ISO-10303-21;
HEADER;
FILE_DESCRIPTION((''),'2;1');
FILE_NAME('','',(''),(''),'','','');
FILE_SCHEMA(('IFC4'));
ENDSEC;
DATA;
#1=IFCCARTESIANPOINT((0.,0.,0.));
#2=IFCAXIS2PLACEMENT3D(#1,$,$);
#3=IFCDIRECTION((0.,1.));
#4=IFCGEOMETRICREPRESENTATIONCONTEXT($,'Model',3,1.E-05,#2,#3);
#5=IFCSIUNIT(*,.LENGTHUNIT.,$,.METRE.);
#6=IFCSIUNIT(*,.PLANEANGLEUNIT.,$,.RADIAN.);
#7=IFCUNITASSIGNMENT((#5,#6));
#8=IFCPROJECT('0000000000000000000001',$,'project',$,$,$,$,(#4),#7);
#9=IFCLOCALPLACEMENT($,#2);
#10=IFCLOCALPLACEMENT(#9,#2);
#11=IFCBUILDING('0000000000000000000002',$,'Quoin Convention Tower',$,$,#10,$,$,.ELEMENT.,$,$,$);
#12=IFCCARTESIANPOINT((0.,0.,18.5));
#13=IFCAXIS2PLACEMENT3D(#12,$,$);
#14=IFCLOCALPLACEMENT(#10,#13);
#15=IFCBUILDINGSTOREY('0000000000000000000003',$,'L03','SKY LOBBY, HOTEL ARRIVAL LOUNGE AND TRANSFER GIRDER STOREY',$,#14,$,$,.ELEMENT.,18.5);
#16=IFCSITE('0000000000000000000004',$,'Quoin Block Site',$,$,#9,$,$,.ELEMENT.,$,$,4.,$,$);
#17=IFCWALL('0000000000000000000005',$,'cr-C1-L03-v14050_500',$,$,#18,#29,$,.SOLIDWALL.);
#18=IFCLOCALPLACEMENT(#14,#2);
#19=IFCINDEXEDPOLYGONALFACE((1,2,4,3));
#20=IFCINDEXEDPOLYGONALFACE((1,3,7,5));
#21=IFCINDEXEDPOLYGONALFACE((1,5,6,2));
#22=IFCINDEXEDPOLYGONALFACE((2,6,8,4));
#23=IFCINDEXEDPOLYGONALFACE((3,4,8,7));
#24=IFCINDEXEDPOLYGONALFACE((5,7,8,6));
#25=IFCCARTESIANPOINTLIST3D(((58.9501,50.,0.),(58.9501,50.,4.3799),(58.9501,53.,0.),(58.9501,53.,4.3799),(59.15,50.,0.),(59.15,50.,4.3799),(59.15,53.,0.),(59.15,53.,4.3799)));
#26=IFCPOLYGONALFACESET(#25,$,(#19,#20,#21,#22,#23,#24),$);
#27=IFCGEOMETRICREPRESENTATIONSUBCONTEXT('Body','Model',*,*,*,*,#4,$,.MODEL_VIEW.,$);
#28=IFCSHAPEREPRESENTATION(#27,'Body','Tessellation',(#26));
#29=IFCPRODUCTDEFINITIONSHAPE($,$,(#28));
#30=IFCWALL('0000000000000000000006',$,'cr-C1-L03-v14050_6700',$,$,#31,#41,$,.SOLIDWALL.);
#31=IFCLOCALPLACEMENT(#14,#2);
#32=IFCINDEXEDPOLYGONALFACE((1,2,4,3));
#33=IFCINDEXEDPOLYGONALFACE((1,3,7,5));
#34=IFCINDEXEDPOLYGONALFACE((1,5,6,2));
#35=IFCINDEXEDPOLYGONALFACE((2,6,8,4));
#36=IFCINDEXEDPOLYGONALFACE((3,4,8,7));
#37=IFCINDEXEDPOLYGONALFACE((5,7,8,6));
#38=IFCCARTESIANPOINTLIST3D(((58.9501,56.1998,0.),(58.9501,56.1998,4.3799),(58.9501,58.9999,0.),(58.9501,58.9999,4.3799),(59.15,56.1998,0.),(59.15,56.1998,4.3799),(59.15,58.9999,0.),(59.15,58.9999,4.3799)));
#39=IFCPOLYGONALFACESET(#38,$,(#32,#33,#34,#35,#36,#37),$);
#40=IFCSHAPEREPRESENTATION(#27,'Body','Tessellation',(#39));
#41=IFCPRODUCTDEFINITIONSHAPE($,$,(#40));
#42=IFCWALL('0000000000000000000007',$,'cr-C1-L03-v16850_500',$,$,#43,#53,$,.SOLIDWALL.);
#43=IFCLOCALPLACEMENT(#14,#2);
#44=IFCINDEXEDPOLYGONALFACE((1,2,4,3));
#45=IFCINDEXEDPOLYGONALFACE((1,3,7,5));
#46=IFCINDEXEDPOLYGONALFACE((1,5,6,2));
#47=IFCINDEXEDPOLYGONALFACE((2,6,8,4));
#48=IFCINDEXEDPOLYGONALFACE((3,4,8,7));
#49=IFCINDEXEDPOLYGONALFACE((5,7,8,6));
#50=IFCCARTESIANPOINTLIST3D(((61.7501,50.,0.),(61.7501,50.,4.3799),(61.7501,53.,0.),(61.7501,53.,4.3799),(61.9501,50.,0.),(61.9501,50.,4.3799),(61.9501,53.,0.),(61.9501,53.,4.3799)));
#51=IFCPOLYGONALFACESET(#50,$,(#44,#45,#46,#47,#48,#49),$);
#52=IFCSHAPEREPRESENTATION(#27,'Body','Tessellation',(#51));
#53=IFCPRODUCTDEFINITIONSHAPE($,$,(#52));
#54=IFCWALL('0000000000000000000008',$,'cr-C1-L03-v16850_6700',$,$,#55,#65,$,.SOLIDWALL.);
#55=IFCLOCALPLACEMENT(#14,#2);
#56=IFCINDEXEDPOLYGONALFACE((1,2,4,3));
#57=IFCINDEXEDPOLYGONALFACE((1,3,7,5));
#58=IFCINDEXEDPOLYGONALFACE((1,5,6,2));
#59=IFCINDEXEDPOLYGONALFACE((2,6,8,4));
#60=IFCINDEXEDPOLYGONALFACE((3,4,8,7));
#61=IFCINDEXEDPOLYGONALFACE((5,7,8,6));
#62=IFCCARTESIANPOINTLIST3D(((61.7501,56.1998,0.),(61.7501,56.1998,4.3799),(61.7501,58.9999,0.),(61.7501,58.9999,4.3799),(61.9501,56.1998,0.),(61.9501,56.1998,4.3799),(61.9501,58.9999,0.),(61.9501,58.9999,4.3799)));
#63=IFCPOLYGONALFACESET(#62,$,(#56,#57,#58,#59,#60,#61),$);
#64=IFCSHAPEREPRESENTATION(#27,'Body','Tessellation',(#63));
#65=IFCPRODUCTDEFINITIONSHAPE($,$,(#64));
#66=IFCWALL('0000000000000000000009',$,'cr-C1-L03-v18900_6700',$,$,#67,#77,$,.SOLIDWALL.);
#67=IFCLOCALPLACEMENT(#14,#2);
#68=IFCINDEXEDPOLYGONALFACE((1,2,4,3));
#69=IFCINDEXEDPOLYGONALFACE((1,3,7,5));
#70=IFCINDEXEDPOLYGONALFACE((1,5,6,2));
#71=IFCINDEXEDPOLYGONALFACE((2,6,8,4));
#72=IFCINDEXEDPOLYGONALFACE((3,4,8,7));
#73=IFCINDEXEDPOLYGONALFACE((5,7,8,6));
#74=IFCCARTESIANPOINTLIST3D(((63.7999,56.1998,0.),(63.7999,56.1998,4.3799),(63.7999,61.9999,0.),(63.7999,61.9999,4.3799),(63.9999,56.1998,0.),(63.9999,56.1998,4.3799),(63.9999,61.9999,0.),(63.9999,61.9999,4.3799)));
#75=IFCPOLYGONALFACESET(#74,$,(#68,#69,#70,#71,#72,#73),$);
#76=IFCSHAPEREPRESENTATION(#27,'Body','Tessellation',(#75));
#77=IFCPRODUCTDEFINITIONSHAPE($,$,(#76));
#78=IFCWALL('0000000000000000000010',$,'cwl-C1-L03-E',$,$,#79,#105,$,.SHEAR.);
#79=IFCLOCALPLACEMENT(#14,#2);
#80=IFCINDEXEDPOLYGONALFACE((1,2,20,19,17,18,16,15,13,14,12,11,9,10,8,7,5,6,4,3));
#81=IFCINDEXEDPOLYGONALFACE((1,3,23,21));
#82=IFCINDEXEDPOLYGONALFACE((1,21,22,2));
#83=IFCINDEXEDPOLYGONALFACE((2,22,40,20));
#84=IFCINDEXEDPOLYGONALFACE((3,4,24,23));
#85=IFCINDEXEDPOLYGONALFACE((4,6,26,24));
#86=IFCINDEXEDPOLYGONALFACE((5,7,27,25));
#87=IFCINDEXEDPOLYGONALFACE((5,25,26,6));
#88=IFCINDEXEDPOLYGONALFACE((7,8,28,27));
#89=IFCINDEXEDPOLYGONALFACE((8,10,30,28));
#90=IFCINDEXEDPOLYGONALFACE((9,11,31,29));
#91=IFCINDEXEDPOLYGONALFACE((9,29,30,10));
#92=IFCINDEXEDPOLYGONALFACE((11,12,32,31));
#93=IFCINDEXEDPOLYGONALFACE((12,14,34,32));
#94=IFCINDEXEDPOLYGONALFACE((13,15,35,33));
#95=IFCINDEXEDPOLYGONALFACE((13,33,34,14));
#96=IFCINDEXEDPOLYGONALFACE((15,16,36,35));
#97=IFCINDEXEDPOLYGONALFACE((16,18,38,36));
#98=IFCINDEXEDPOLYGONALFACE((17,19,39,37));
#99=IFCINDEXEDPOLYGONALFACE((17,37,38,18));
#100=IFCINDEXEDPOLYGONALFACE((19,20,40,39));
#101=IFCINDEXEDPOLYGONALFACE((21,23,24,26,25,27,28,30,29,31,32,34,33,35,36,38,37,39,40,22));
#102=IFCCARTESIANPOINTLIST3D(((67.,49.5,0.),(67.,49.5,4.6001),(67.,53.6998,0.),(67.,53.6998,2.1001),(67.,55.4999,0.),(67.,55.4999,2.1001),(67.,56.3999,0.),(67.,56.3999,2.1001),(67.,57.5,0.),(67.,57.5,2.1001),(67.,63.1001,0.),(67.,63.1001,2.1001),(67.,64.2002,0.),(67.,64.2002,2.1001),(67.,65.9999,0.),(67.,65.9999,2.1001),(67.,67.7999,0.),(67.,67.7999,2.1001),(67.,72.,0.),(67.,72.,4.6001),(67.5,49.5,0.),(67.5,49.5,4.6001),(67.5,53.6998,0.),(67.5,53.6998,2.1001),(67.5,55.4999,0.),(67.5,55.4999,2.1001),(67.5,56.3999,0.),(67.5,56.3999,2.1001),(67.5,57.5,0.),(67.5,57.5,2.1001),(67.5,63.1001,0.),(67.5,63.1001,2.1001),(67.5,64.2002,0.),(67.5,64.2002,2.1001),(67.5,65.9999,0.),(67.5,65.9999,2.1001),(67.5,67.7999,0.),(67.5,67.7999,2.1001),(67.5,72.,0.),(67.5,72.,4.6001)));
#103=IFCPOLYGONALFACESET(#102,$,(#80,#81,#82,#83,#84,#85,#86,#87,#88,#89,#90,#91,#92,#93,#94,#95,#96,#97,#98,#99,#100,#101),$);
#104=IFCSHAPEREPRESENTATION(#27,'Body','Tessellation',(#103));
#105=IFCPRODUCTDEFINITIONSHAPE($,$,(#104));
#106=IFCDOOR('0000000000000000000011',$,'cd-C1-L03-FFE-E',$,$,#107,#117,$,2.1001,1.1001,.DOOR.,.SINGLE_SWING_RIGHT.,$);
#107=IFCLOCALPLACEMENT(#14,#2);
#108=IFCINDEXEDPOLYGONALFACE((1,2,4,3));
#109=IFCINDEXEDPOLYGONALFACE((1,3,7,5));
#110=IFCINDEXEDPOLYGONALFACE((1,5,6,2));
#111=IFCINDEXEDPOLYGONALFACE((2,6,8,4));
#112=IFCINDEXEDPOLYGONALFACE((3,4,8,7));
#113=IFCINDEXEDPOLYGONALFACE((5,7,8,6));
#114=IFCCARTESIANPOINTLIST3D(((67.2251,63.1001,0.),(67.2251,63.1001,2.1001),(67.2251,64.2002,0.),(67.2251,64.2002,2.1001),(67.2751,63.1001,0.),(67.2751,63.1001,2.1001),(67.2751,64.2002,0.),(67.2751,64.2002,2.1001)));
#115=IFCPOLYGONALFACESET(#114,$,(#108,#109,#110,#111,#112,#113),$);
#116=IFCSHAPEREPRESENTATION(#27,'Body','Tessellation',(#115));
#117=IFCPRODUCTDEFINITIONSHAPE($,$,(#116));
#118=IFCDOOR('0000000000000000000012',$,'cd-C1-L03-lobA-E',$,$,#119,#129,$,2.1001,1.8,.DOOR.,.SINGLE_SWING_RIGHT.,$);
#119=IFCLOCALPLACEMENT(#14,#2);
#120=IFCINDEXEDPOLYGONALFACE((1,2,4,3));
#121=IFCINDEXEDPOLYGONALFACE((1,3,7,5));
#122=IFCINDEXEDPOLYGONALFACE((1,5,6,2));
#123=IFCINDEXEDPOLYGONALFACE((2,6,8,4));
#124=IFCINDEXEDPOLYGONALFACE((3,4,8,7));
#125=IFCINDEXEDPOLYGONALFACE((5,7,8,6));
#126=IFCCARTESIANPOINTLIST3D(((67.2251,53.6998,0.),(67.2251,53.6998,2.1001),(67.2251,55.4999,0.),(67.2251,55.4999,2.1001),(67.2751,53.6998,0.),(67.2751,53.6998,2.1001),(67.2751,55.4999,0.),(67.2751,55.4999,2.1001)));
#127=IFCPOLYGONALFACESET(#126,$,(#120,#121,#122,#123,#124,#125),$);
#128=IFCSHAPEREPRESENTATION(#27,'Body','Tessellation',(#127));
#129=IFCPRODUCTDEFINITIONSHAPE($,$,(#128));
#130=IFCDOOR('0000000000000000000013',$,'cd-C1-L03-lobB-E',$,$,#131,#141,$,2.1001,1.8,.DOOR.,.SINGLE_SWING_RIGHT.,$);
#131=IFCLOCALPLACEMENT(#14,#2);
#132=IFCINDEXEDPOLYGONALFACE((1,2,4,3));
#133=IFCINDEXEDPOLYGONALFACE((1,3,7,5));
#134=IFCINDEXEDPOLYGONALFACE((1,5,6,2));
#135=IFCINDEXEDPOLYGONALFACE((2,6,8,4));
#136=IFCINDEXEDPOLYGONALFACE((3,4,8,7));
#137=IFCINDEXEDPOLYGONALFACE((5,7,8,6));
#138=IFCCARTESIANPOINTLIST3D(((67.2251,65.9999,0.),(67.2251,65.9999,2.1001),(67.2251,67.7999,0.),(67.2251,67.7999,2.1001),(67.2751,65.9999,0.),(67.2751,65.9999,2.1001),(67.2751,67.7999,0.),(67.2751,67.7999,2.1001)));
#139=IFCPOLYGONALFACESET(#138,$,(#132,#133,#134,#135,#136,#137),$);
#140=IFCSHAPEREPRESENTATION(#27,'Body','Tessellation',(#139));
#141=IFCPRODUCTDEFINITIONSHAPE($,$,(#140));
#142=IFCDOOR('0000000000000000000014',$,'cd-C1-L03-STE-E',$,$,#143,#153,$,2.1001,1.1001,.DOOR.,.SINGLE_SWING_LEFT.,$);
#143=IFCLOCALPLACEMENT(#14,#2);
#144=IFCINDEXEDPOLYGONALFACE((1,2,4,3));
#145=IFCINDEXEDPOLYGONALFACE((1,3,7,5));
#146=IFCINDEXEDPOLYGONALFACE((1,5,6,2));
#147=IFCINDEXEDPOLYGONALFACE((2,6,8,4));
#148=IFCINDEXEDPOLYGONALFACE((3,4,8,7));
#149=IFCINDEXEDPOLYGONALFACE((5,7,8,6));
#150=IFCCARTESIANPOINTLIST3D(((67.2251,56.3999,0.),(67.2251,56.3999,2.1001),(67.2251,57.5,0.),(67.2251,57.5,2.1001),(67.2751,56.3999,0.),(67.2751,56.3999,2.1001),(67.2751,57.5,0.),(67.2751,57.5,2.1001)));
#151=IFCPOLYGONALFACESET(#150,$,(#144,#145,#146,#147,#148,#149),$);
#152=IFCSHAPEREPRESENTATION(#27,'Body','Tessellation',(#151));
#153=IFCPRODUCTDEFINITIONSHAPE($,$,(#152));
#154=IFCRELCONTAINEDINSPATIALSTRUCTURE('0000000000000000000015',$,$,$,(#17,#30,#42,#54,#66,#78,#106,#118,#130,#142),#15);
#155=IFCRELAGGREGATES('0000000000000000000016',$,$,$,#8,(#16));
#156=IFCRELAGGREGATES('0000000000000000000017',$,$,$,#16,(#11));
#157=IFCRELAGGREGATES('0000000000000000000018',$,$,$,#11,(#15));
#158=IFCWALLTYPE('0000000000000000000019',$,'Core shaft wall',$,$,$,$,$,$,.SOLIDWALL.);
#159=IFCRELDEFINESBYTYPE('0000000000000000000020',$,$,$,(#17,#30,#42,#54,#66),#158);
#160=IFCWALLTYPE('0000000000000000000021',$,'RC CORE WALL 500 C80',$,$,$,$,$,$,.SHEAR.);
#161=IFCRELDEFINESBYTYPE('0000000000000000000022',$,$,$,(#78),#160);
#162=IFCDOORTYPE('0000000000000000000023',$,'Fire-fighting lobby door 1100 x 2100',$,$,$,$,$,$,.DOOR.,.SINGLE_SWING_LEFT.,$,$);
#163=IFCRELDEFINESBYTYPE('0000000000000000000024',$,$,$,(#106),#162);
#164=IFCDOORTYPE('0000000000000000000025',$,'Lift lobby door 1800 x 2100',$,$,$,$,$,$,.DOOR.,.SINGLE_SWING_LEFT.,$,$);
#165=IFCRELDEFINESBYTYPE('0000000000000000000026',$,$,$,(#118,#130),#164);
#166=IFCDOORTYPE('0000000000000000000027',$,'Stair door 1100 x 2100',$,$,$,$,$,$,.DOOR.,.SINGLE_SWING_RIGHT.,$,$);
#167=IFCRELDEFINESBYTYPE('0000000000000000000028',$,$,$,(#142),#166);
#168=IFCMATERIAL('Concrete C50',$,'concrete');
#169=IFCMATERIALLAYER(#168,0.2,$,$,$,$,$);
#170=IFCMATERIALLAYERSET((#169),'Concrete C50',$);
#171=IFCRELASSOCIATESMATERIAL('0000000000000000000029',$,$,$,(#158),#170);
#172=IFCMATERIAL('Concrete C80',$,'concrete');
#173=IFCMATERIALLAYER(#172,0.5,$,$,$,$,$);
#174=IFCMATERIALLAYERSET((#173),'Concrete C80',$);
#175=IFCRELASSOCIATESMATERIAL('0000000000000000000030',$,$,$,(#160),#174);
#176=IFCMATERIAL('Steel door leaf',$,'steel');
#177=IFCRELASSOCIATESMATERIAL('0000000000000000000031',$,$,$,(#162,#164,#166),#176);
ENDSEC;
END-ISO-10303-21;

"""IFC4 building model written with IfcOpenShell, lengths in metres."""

from ifc_helpers import new_model, si_unit, direction, frame, frame_2d, origin, place, context, subcontext, project, spatial, rectangle, extrude, material, layer, layer_set, type_object, element, fill, save


model = new_model("IFC4")

# Units and contexts
model_context = context("Model", 3, precision=1e-05, world=origin(), true_north=direction((0.0, 1.0)))
body_context = subcontext(model_context, "Body", "Model", "MODEL_VIEW")
ifc_project = project(units=[si_unit("LENGTHUNIT", "METRE"), si_unit("PLANEANGLEUNIT", "RADIAN")], contexts=[model_context])

# Site, building, storey
site_placement = place(None, origin())
site = spatial("IfcSite", under=ifc_project, at=site_placement, Name="Quoin Block Site", CompositionType="ELEMENT", RefElevation=4.0)
building_placement = place(site_placement, origin())
building = spatial("IfcBuilding", under=site, at=building_placement, Name="Quoin Convention Tower", CompositionType="ELEMENT")
storey_placement = place(building_placement, frame((0.0, 0.0, 18.5)))
storey = spatial("IfcBuildingStorey", under=building, at=storey_placement, Name="L03", Description="SKY LOBBY, HOTEL ARRIVAL LOUNGE AND TRANSFER GIRDER STOREY", CompositionType="ELEMENT", Elevation=18.5)

# Shared definitions
ifc_material_1 = material(Name="Steel door leaf", Category="steel")

# Walls
ifc_material_2 = material(Name="Concrete C50", Category="concrete")
ifc_layer_1 = layer(ifc_material_2, 0.2)
ifc_layer_set_1 = layer_set([ifc_layer_1], Name="Concrete C50")
wall_type_1 = type_object("IfcWallType", Name="Core shaft wall", PredefinedType="SOLIDWALL", material=ifc_layer_set_1)
wall_1_placement = place(storey_placement, frame((59.05, 50.0, 0.0), z_axis=(0.0, 0.0, 1.0), x_axis=(0.0, 1.0, 0.0)))
element("IfcWall", 1, at=wall_1_placement, inside=storey, type_object=wall_type_1, Name="cr-C1-L03-v14050_500", PredefinedType="SOLIDWALL", context=body_context, shape_type="SweptSolid", body=[
    extrude(rectangle(XDim=3.0, YDim=0.2, at=frame_2d((1.5, 0.0))), origin(), (0.0, 0.0, 1.0), 4.3799),
])
wall_2_placement = place(storey_placement, frame((59.05, 56.2, 0.0), z_axis=(0.0, 0.0, 1.0), x_axis=(0.0, 1.0, 0.0)))
element("IfcWall", 2, at=wall_2_placement, inside=storey, type_object=wall_type_1, Name="cr-C1-L03-v14050_6700", PredefinedType="SOLIDWALL", context=body_context, shape_type="SweptSolid", body=[
    extrude(rectangle(XDim=2.8, YDim=0.2, at=frame_2d((1.3999, 0.0))), origin(), (0.0, 0.0, 1.0), 4.3799),
])
wall_3_placement = place(storey_placement, frame((61.8501, 50.0, 0.0), z_axis=(0.0, 0.0, 1.0), x_axis=(0.0, 1.0, 0.0)))
element("IfcWall", 3, at=wall_3_placement, inside=storey, type_object=wall_type_1, Name="cr-C1-L03-v16850_500", PredefinedType="SOLIDWALL", context=body_context, shape_type="SweptSolid", body=[
    extrude(rectangle(XDim=3.0, YDim=0.2, at=frame_2d((1.5, 0.0))), origin(), (0.0, 0.0, 1.0), 4.3799),
])
wall_4_placement = place(storey_placement, frame((61.8501, 56.2, 0.0), z_axis=(0.0, 0.0, 1.0), x_axis=(0.0, 1.0, 0.0)))
element("IfcWall", 4, at=wall_4_placement, inside=storey, type_object=wall_type_1, Name="cr-C1-L03-v16850_6700", PredefinedType="SOLIDWALL", context=body_context, shape_type="SweptSolid", body=[
    extrude(rectangle(XDim=2.8, YDim=0.2, at=frame_2d((1.3999, 0.0))), origin(), (0.0, 0.0, 1.0), 4.3799),
])
wall_5_placement = place(storey_placement, frame((63.8999, 56.2, 0.0), z_axis=(0.0, 0.0, 1.0), x_axis=(0.0, 1.0, 0.0)))
element("IfcWall", 5, at=wall_5_placement, inside=storey, type_object=wall_type_1, Name="cr-C1-L03-v18900_6700", PredefinedType="SOLIDWALL", context=body_context, shape_type="SweptSolid", body=[
    extrude(rectangle(XDim=5.8, YDim=0.2, at=frame_2d((2.8999, 0.0))), origin(), (0.0, 0.0, 1.0), 4.3799),
])

# Wall, openings, doors
ifc_material_3 = material(Name="Concrete C80", Category="concrete")
ifc_layer_2 = layer(ifc_material_3, 0.5)
ifc_layer_set_2 = layer_set([ifc_layer_2], Name="Concrete C80")
wall_type_2 = type_object("IfcWallType", Name="RC CORE WALL 500 C80", PredefinedType="SHEAR", material=ifc_layer_set_2)
wall_6_placement = place(storey_placement, frame((67.25, 49.5, 0.0), z_axis=(0.0, 0.0, 1.0), x_axis=(0.0, 1.0, 0.0)))
wall_6 = element("IfcWall", 6, at=wall_6_placement, inside=storey, type_object=wall_type_2, Name="cwl-C1-L03-E", PredefinedType="SHEAR", context=body_context, shape_type="SweptSolid", body=[
    extrude(rectangle(XDim=22.5, YDim=0.5, at=frame_2d((11.25, 0.0))), origin(), (0.0, 0.0, 1.0), 4.6001),
])
opening_1_placement = place(wall_6_placement, frame((4.2, 0.0, 0.0)))
opening_1 = element("IfcOpeningElement", 7, at=opening_1_placement, cuts=wall_6, PredefinedType="OPENING", context=body_context, shape_type="SweptSolid", body=[
    extrude(rectangle(XDim=1.8, YDim=2.1001, at=frame_2d((0.8999, 1.05))), frame((0.0, 0.26, 0.0), z_axis=(0.0, -1.0, 0.0), x_axis=(1.0, 0.0, 0.0)), (0.0, 0.0, 1.0), 0.52),
])
opening_2_placement = place(wall_6_placement, frame((6.8999, 0.0, 0.0)))
opening_2 = element("IfcOpeningElement", 8, at=opening_2_placement, cuts=wall_6, PredefinedType="OPENING", context=body_context, shape_type="SweptSolid", body=[
    extrude(rectangle(XDim=1.1001, YDim=2.1001, at=frame_2d((0.55, 1.05))), frame((0.0, 0.26, 0.0), z_axis=(0.0, -1.0, 0.0), x_axis=(1.0, 0.0, 0.0)), (0.0, 0.0, 1.0), 0.52),
])
opening_3_placement = place(wall_6_placement, frame((13.6001, 0.0, 0.0)))
opening_3 = element("IfcOpeningElement", 9, at=opening_3_placement, cuts=wall_6, PredefinedType="OPENING", context=body_context, shape_type="SweptSolid", body=[
    extrude(rectangle(XDim=1.1001, YDim=2.1001, at=frame_2d((0.55, 1.05))), frame((0.0, 0.26, 0.0), z_axis=(0.0, -1.0, 0.0), x_axis=(1.0, 0.0, 0.0)), (0.0, 0.0, 1.0), 0.52),
])
opening_4_placement = place(wall_6_placement, frame((16.5, 0.0, 0.0)))
opening_4 = element("IfcOpeningElement", 10, at=opening_4_placement, cuts=wall_6, PredefinedType="OPENING", context=body_context, shape_type="SweptSolid", body=[
    extrude(rectangle(XDim=1.8, YDim=2.1001, at=frame_2d((0.8999, 1.05))), frame((0.0, 0.26, 0.0), z_axis=(0.0, -1.0, 0.0), x_axis=(1.0, 0.0, 0.0)), (0.0, 0.0, 1.0), 0.52),
])
door_type_1 = type_object("IfcDoorType", Name="Fire-fighting lobby door 1100 x 2100", OperationType="SINGLE_SWING_LEFT", PredefinedType="DOOR", material=ifc_material_1)
door_1_placement = place(opening_3_placement, origin())
door_1 = element("IfcDoor", 11, at=door_1_placement, inside=storey, type_object=door_type_1, Name="cd-C1-L03-FFE-E", OperationType="SINGLE_SWING_RIGHT", OverallHeight=2.1001, OverallWidth=1.1001, PredefinedType="DOOR", context=body_context, shape_type="SweptSolid", body=[
    extrude(rectangle(XDim=1.1001, YDim=2.1001, at=frame_2d((0.55, 1.05))), frame((0.0, 0.0249, 0.0), z_axis=(0.0, -1.0, 0.0), x_axis=(1.0, 0.0, 0.0)), (0.0, 0.0, 1.0), 0.05),
])
fill(opening_3, door_1)
door_type_2 = type_object("IfcDoorType", Name="Lift lobby door 1800 x 2100", OperationType="SINGLE_SWING_LEFT", PredefinedType="DOOR", material=ifc_material_1)
door_2_placement = place(opening_1_placement, origin())
door_2 = element("IfcDoor", 12, at=door_2_placement, inside=storey, type_object=door_type_2, Name="cd-C1-L03-lobA-E", OperationType="SINGLE_SWING_RIGHT", OverallHeight=2.1001, OverallWidth=1.8, PredefinedType="DOOR", context=body_context, shape_type="SweptSolid", body=[
    extrude(rectangle(XDim=1.8, YDim=2.1001, at=frame_2d((0.8999, 1.05))), frame((0.0, 0.0249, 0.0), z_axis=(0.0, -1.0, 0.0), x_axis=(1.0, 0.0, 0.0)), (0.0, 0.0, 1.0), 0.05),
])
fill(opening_1, door_2)
door_3_placement = place(opening_4_placement, origin())
door_3 = element("IfcDoor", 13, at=door_3_placement, inside=storey, type_object=door_type_2, Name="cd-C1-L03-lobB-E", OperationType="SINGLE_SWING_RIGHT", OverallHeight=2.1001, OverallWidth=1.8, PredefinedType="DOOR", context=body_context, shape_type="SweptSolid", body=[
    extrude(rectangle(XDim=1.8, YDim=2.1001, at=frame_2d((0.8999, 1.05))), frame((0.0, 0.0249, 0.0), z_axis=(0.0, -1.0, 0.0), x_axis=(1.0, 0.0, 0.0)), (0.0, 0.0, 1.0), 0.05),
])
fill(opening_4, door_3)
door_type_3 = type_object("IfcDoorType", Name="Stair door 1100 x 2100", OperationType="SINGLE_SWING_RIGHT", PredefinedType="DOOR", material=ifc_material_1)
door_4_placement = place(opening_2_placement, origin())
door_4 = element("IfcDoor", 14, at=door_4_placement, inside=storey, type_object=door_type_3, Name="cd-C1-L03-STE-E", OperationType="SINGLE_SWING_LEFT", OverallHeight=2.1001, OverallWidth=1.1001, PredefinedType="DOOR", context=body_context, shape_type="SweptSolid", body=[
    extrude(rectangle(XDim=1.1001, YDim=2.1001, at=frame_2d((0.55, 1.05))), frame((0.0, 0.0249, 0.0), z_axis=(0.0, -1.0, 0.0), x_axis=(1.0, 0.0, 0.0)), (0.0, 0.0, 1.0), 0.05),
])
fill(opening_2, door_4)

save(model, "model.ifc")
